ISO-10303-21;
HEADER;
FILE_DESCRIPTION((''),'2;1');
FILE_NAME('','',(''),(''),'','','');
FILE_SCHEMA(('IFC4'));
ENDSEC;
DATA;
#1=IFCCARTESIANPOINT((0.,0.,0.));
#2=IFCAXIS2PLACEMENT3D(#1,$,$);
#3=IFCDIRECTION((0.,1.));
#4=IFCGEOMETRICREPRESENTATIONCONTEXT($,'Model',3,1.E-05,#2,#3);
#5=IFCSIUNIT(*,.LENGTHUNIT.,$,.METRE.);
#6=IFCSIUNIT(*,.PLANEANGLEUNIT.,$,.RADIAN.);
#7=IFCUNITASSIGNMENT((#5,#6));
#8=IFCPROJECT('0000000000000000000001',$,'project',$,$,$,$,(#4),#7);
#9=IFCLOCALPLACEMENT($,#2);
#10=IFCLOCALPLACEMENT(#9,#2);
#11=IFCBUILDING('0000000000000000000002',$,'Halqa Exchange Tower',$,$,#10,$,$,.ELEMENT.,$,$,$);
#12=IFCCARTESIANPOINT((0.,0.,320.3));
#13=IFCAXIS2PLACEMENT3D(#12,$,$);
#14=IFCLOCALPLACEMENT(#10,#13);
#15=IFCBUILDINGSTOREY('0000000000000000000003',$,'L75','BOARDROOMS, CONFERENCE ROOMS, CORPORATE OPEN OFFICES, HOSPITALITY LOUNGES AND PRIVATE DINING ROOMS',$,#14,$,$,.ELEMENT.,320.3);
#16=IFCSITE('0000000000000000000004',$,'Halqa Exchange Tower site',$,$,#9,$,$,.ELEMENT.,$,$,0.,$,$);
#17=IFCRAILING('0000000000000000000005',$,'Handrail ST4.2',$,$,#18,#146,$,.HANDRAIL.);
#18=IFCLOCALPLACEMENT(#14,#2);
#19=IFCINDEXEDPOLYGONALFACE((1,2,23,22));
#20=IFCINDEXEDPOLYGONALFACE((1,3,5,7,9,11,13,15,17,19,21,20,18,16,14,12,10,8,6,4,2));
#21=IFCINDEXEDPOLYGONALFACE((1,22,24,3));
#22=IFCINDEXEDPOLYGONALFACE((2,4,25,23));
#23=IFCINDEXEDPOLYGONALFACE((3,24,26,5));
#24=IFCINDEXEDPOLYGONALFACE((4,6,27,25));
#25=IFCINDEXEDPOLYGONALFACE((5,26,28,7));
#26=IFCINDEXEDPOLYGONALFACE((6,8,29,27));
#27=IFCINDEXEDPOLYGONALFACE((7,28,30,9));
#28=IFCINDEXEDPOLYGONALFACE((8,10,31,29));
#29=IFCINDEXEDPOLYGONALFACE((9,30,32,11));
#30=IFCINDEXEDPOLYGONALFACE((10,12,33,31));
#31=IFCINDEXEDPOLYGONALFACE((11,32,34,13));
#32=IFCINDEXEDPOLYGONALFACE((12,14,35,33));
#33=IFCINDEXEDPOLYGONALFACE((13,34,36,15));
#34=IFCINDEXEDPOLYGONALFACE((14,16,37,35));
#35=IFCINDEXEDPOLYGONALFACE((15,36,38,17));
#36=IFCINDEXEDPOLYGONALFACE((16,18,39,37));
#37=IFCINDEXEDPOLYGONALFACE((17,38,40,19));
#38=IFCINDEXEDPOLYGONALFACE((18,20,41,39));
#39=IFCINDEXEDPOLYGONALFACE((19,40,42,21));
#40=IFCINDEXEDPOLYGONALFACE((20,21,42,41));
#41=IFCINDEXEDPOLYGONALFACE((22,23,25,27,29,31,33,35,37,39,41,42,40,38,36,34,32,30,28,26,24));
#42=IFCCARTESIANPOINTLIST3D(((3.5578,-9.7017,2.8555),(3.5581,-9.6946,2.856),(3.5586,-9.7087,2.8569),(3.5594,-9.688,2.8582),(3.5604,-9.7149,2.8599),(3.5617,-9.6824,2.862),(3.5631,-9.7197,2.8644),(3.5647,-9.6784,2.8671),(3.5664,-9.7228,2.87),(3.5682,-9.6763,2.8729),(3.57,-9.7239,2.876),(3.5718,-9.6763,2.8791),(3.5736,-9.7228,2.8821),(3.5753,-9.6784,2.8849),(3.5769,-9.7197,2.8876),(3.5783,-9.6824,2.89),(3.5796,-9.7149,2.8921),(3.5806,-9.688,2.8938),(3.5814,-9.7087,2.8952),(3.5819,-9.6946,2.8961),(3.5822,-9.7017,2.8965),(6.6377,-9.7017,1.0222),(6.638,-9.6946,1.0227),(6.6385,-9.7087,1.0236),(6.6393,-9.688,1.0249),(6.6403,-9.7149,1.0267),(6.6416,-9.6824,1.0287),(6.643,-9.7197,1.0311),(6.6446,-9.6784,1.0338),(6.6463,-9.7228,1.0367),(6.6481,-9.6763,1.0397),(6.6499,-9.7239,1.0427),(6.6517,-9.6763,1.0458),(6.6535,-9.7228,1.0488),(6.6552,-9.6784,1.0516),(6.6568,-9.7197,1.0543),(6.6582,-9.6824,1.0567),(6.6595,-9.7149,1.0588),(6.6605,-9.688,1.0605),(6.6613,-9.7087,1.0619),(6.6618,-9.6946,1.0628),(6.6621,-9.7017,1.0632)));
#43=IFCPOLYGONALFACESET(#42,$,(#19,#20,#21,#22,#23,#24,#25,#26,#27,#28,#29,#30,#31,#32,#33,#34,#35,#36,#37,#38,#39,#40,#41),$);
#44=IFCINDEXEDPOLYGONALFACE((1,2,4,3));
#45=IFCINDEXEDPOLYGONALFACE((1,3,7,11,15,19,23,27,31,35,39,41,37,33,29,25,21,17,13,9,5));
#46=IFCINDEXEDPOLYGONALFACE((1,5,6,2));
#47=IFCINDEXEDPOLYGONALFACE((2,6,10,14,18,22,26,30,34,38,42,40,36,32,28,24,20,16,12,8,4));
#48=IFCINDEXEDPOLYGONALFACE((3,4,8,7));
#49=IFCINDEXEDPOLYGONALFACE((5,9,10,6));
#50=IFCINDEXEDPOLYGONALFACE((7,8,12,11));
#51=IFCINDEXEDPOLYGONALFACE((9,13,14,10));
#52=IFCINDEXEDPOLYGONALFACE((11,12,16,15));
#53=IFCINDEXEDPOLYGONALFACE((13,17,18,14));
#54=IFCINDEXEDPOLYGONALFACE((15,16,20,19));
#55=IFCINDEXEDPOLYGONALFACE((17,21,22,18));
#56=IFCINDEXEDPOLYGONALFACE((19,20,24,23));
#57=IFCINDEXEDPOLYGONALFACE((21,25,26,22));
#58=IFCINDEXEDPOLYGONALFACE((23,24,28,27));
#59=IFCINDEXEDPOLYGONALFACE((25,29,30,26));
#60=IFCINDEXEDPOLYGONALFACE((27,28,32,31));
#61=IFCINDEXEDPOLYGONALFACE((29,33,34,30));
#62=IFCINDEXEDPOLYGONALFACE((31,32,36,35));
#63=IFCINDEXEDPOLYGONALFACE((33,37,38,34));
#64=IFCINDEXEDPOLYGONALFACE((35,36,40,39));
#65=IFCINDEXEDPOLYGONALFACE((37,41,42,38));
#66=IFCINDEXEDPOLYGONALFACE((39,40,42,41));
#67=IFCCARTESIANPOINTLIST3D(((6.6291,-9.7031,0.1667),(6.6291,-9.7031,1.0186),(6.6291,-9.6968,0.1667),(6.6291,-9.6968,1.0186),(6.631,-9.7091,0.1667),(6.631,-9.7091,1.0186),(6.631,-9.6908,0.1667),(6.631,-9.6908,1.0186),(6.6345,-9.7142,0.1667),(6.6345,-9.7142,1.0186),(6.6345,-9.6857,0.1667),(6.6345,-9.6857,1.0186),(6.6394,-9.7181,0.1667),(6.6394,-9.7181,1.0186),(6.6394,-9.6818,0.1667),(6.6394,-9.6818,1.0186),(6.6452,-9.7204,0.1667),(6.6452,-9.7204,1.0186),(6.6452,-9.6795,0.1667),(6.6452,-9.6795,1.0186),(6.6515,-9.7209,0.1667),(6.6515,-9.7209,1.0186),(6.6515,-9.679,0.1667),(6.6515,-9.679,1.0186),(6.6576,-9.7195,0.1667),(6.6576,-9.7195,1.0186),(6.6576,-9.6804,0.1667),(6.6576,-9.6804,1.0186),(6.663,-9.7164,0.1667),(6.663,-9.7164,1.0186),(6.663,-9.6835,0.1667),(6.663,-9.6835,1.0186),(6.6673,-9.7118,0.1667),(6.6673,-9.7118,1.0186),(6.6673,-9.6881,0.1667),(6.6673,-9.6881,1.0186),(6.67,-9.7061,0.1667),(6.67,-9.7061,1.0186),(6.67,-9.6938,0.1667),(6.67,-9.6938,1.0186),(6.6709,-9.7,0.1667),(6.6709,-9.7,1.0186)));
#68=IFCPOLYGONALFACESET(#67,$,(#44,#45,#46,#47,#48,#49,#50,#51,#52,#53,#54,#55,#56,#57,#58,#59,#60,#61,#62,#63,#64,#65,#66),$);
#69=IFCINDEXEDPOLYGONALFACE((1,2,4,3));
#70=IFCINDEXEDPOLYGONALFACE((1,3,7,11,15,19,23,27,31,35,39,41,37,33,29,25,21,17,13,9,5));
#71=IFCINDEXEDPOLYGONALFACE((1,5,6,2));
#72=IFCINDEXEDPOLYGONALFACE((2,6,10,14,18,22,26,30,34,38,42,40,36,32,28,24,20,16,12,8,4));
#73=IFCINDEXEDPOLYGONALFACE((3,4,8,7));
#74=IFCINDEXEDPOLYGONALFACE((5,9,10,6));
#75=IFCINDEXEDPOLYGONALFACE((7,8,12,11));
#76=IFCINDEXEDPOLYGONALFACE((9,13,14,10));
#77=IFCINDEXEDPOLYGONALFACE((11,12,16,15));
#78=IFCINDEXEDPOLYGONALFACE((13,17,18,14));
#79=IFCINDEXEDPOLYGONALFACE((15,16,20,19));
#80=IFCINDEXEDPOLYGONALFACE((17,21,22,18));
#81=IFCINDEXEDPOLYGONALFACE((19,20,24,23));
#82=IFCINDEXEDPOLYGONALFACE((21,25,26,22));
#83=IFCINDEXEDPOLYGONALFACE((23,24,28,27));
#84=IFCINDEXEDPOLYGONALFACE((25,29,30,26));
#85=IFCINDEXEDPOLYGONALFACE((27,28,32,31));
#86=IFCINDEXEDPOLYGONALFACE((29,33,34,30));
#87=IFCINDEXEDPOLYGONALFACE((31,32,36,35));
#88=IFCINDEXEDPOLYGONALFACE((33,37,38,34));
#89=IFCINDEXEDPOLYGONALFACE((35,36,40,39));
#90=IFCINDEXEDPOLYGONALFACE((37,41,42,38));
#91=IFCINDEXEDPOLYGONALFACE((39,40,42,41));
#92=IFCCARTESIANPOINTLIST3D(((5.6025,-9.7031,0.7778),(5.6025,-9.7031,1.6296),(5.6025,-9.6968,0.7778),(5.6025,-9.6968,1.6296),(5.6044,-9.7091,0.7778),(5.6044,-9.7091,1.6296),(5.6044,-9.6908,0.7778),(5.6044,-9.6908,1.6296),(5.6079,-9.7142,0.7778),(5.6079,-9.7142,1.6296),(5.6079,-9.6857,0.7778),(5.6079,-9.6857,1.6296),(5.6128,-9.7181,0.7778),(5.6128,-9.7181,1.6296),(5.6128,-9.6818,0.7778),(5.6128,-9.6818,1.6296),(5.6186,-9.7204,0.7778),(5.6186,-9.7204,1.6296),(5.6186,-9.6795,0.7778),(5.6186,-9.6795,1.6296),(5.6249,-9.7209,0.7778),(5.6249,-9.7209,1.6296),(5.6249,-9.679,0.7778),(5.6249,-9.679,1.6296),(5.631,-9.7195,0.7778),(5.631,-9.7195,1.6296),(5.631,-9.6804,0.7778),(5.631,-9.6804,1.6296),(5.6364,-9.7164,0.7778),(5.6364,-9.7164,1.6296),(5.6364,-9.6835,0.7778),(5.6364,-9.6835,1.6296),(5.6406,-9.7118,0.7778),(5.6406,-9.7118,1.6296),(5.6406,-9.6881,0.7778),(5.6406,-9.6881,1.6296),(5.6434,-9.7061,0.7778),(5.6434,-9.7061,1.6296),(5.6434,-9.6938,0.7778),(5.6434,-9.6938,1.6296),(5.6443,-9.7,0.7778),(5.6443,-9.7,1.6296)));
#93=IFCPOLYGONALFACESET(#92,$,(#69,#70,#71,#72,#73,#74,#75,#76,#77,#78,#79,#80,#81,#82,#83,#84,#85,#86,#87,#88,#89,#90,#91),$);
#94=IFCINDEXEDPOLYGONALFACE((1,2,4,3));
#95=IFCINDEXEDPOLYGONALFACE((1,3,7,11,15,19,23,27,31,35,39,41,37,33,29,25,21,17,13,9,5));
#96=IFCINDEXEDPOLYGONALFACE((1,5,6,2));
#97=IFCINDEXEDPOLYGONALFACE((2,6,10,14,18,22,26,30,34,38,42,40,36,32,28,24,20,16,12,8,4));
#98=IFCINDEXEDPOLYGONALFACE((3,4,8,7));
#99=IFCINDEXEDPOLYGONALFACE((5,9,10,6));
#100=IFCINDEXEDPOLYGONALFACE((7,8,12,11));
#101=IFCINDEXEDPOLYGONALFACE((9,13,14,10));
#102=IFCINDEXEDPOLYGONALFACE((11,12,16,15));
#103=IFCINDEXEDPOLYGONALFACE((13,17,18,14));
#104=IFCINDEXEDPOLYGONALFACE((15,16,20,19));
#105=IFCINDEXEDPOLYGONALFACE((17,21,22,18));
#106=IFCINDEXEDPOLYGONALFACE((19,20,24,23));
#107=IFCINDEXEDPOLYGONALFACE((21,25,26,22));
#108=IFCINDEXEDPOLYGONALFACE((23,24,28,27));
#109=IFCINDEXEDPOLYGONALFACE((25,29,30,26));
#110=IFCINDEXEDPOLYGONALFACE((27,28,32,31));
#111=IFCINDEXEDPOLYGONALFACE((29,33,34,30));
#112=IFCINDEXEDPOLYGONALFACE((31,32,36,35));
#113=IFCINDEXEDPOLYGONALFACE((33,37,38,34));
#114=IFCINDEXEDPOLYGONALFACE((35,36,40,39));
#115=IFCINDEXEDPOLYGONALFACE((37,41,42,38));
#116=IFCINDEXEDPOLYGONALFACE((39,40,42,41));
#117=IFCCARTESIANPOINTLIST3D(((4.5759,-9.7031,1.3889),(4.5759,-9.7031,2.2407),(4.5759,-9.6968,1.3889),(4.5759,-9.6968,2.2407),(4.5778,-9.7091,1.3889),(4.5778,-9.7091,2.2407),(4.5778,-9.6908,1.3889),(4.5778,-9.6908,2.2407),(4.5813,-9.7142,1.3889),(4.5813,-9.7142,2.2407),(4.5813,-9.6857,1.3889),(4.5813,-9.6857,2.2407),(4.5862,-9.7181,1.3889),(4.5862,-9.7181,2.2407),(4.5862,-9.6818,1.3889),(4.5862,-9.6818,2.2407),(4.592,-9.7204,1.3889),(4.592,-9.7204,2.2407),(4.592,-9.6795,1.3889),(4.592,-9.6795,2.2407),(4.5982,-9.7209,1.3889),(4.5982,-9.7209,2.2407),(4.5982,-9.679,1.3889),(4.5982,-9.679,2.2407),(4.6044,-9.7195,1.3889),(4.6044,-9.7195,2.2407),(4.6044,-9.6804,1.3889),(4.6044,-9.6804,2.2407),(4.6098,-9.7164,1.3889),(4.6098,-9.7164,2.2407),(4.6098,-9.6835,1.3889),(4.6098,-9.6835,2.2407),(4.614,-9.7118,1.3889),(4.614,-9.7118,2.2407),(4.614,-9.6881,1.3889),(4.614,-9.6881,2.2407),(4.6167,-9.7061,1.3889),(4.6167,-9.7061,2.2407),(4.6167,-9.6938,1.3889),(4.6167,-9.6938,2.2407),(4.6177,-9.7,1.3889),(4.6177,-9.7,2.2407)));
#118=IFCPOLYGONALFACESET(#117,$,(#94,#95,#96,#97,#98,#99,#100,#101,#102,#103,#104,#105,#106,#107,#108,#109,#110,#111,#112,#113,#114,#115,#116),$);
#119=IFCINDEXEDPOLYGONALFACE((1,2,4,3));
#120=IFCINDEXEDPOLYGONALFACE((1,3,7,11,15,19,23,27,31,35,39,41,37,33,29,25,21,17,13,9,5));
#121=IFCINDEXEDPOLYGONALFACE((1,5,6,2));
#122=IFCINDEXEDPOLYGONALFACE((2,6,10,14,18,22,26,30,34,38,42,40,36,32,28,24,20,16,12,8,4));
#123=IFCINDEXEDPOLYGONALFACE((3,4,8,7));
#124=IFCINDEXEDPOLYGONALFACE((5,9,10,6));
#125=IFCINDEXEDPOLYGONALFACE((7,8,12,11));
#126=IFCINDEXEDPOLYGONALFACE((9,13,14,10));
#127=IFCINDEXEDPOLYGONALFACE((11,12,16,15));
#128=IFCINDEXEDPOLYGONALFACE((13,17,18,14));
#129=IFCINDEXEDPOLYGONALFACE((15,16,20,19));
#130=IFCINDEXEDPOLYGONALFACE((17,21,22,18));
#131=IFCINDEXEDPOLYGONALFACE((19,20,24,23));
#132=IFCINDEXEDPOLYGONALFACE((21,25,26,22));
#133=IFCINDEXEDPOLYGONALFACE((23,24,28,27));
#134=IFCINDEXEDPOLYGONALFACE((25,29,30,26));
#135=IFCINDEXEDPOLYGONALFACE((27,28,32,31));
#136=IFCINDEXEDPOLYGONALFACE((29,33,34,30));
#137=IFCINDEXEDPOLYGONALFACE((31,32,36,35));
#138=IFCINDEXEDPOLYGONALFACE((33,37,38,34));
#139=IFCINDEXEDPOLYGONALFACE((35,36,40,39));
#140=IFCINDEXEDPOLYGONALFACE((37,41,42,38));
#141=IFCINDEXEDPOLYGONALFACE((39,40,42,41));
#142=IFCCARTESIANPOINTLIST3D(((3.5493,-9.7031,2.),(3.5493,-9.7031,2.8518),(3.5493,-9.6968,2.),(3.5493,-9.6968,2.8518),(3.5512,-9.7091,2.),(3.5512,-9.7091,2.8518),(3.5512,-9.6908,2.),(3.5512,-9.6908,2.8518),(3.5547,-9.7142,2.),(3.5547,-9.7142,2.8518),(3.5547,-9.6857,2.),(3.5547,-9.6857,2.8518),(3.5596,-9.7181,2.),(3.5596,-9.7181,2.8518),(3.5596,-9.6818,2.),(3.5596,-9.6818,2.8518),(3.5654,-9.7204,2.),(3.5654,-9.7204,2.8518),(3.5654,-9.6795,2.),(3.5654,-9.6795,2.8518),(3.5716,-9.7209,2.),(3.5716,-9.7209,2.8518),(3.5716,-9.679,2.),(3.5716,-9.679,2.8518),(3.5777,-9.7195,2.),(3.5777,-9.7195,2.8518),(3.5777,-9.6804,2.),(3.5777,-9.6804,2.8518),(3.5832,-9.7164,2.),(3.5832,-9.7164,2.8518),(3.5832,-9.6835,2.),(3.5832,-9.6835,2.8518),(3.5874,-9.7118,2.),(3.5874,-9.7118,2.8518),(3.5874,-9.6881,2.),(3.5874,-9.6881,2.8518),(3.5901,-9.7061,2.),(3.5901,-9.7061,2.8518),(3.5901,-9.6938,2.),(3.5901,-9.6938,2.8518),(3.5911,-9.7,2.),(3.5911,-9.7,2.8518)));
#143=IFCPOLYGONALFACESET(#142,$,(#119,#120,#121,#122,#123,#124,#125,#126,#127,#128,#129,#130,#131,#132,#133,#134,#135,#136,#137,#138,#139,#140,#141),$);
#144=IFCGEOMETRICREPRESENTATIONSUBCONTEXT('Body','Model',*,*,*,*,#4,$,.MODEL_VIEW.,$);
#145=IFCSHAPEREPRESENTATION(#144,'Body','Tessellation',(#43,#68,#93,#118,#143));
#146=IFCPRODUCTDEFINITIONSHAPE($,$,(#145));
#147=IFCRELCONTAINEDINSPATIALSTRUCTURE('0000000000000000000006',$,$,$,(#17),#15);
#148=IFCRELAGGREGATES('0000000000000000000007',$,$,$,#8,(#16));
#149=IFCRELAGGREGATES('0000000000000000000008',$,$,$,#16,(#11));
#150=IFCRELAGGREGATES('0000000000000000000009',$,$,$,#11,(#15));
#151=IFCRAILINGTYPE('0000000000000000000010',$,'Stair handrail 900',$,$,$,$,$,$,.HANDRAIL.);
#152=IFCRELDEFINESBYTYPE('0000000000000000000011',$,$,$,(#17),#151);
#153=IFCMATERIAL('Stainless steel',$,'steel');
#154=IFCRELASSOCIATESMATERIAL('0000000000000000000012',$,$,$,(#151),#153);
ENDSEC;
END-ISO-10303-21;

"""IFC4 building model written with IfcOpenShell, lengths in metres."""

from ifc_helpers import new_model, si_unit, direction, frame, origin, origin_2d, place, context, subcontext, project, spatial, circle, extrude, material, type_object, element, save


model = new_model("IFC4")

# Units and contexts
model_context = context("Model", 3, precision=1e-05, world=origin(), true_north=direction((0.0, 1.0)))
body_context = subcontext(model_context, "Body", "Model", "MODEL_VIEW")
ifc_project = project(units=[si_unit("LENGTHUNIT", "METRE"), si_unit("PLANEANGLEUNIT", "RADIAN")], contexts=[model_context])

# Site, building, storey
site_placement = place(None, origin())
site = spatial("IfcSite", under=ifc_project, at=site_placement, Name="Halqa Exchange Tower site", CompositionType="ELEMENT", RefElevation=0.0)
building_placement = place(site_placement, origin())
building = spatial("IfcBuilding", under=site, at=building_placement, Name="Halqa Exchange Tower", CompositionType="ELEMENT")
storey_placement = place(building_placement, frame((0.0, 0.0, 320.3)))
storey = spatial("IfcBuildingStorey", under=building, at=storey_placement, Name="L75", Description="BOARDROOMS, CONFERENCE ROOMS, CORPORATE OPEN OFFICES, HOSPITALITY LOUNGES AND PRIVATE DINING ROOMS", CompositionType="ELEMENT", Elevation=320.3)

# Railing
ifc_material_1 = material(Name="Stainless steel", Category="steel")
railing_type_1 = type_object("IfcRailingType", Name="Stair handrail 900", PredefinedType="HANDRAIL", material=ifc_material_1)
railing_1_placement = place(storey_placement, frame((6.6499, -9.7, 0.1667)))
element("IfcRailing", 1, at=railing_1_placement, inside=storey, type_object=railing_type_1, Name="Handrail ST4.2", PredefinedType="HANDRAIL", context=body_context, shape_type="SweptSolid", body=[
    extrude(circle(Radius=0.0239, at=origin_2d()), frame((0.0, 0.0, 0.876), z_axis=(-0.859291, 0.0, 0.511487), x_axis=(0.0, -1.0, 0.0)), (0.0, 0.0, 1.0), 3.5842),
    extrude(circle(Radius=0.021, at=origin_2d()), origin(), (0.0, 0.0, 1.0), 0.8518),
    extrude(circle(Radius=0.021, at=origin_2d()), frame((-1.0266, 0.0, 0.6111)), (0.0, 0.0, 1.0), 0.8518),
    extrude(circle(Radius=0.021, at=origin_2d()), frame((-2.0532, 0.0, 1.2222)), (0.0, 0.0, 1.0), 0.8518),
    extrude(circle(Radius=0.021, at=origin_2d()), frame((-3.0798, 0.0, 1.8333)), (0.0, 0.0, 1.0), 0.8518),
])

save(model, "model.ifc")
